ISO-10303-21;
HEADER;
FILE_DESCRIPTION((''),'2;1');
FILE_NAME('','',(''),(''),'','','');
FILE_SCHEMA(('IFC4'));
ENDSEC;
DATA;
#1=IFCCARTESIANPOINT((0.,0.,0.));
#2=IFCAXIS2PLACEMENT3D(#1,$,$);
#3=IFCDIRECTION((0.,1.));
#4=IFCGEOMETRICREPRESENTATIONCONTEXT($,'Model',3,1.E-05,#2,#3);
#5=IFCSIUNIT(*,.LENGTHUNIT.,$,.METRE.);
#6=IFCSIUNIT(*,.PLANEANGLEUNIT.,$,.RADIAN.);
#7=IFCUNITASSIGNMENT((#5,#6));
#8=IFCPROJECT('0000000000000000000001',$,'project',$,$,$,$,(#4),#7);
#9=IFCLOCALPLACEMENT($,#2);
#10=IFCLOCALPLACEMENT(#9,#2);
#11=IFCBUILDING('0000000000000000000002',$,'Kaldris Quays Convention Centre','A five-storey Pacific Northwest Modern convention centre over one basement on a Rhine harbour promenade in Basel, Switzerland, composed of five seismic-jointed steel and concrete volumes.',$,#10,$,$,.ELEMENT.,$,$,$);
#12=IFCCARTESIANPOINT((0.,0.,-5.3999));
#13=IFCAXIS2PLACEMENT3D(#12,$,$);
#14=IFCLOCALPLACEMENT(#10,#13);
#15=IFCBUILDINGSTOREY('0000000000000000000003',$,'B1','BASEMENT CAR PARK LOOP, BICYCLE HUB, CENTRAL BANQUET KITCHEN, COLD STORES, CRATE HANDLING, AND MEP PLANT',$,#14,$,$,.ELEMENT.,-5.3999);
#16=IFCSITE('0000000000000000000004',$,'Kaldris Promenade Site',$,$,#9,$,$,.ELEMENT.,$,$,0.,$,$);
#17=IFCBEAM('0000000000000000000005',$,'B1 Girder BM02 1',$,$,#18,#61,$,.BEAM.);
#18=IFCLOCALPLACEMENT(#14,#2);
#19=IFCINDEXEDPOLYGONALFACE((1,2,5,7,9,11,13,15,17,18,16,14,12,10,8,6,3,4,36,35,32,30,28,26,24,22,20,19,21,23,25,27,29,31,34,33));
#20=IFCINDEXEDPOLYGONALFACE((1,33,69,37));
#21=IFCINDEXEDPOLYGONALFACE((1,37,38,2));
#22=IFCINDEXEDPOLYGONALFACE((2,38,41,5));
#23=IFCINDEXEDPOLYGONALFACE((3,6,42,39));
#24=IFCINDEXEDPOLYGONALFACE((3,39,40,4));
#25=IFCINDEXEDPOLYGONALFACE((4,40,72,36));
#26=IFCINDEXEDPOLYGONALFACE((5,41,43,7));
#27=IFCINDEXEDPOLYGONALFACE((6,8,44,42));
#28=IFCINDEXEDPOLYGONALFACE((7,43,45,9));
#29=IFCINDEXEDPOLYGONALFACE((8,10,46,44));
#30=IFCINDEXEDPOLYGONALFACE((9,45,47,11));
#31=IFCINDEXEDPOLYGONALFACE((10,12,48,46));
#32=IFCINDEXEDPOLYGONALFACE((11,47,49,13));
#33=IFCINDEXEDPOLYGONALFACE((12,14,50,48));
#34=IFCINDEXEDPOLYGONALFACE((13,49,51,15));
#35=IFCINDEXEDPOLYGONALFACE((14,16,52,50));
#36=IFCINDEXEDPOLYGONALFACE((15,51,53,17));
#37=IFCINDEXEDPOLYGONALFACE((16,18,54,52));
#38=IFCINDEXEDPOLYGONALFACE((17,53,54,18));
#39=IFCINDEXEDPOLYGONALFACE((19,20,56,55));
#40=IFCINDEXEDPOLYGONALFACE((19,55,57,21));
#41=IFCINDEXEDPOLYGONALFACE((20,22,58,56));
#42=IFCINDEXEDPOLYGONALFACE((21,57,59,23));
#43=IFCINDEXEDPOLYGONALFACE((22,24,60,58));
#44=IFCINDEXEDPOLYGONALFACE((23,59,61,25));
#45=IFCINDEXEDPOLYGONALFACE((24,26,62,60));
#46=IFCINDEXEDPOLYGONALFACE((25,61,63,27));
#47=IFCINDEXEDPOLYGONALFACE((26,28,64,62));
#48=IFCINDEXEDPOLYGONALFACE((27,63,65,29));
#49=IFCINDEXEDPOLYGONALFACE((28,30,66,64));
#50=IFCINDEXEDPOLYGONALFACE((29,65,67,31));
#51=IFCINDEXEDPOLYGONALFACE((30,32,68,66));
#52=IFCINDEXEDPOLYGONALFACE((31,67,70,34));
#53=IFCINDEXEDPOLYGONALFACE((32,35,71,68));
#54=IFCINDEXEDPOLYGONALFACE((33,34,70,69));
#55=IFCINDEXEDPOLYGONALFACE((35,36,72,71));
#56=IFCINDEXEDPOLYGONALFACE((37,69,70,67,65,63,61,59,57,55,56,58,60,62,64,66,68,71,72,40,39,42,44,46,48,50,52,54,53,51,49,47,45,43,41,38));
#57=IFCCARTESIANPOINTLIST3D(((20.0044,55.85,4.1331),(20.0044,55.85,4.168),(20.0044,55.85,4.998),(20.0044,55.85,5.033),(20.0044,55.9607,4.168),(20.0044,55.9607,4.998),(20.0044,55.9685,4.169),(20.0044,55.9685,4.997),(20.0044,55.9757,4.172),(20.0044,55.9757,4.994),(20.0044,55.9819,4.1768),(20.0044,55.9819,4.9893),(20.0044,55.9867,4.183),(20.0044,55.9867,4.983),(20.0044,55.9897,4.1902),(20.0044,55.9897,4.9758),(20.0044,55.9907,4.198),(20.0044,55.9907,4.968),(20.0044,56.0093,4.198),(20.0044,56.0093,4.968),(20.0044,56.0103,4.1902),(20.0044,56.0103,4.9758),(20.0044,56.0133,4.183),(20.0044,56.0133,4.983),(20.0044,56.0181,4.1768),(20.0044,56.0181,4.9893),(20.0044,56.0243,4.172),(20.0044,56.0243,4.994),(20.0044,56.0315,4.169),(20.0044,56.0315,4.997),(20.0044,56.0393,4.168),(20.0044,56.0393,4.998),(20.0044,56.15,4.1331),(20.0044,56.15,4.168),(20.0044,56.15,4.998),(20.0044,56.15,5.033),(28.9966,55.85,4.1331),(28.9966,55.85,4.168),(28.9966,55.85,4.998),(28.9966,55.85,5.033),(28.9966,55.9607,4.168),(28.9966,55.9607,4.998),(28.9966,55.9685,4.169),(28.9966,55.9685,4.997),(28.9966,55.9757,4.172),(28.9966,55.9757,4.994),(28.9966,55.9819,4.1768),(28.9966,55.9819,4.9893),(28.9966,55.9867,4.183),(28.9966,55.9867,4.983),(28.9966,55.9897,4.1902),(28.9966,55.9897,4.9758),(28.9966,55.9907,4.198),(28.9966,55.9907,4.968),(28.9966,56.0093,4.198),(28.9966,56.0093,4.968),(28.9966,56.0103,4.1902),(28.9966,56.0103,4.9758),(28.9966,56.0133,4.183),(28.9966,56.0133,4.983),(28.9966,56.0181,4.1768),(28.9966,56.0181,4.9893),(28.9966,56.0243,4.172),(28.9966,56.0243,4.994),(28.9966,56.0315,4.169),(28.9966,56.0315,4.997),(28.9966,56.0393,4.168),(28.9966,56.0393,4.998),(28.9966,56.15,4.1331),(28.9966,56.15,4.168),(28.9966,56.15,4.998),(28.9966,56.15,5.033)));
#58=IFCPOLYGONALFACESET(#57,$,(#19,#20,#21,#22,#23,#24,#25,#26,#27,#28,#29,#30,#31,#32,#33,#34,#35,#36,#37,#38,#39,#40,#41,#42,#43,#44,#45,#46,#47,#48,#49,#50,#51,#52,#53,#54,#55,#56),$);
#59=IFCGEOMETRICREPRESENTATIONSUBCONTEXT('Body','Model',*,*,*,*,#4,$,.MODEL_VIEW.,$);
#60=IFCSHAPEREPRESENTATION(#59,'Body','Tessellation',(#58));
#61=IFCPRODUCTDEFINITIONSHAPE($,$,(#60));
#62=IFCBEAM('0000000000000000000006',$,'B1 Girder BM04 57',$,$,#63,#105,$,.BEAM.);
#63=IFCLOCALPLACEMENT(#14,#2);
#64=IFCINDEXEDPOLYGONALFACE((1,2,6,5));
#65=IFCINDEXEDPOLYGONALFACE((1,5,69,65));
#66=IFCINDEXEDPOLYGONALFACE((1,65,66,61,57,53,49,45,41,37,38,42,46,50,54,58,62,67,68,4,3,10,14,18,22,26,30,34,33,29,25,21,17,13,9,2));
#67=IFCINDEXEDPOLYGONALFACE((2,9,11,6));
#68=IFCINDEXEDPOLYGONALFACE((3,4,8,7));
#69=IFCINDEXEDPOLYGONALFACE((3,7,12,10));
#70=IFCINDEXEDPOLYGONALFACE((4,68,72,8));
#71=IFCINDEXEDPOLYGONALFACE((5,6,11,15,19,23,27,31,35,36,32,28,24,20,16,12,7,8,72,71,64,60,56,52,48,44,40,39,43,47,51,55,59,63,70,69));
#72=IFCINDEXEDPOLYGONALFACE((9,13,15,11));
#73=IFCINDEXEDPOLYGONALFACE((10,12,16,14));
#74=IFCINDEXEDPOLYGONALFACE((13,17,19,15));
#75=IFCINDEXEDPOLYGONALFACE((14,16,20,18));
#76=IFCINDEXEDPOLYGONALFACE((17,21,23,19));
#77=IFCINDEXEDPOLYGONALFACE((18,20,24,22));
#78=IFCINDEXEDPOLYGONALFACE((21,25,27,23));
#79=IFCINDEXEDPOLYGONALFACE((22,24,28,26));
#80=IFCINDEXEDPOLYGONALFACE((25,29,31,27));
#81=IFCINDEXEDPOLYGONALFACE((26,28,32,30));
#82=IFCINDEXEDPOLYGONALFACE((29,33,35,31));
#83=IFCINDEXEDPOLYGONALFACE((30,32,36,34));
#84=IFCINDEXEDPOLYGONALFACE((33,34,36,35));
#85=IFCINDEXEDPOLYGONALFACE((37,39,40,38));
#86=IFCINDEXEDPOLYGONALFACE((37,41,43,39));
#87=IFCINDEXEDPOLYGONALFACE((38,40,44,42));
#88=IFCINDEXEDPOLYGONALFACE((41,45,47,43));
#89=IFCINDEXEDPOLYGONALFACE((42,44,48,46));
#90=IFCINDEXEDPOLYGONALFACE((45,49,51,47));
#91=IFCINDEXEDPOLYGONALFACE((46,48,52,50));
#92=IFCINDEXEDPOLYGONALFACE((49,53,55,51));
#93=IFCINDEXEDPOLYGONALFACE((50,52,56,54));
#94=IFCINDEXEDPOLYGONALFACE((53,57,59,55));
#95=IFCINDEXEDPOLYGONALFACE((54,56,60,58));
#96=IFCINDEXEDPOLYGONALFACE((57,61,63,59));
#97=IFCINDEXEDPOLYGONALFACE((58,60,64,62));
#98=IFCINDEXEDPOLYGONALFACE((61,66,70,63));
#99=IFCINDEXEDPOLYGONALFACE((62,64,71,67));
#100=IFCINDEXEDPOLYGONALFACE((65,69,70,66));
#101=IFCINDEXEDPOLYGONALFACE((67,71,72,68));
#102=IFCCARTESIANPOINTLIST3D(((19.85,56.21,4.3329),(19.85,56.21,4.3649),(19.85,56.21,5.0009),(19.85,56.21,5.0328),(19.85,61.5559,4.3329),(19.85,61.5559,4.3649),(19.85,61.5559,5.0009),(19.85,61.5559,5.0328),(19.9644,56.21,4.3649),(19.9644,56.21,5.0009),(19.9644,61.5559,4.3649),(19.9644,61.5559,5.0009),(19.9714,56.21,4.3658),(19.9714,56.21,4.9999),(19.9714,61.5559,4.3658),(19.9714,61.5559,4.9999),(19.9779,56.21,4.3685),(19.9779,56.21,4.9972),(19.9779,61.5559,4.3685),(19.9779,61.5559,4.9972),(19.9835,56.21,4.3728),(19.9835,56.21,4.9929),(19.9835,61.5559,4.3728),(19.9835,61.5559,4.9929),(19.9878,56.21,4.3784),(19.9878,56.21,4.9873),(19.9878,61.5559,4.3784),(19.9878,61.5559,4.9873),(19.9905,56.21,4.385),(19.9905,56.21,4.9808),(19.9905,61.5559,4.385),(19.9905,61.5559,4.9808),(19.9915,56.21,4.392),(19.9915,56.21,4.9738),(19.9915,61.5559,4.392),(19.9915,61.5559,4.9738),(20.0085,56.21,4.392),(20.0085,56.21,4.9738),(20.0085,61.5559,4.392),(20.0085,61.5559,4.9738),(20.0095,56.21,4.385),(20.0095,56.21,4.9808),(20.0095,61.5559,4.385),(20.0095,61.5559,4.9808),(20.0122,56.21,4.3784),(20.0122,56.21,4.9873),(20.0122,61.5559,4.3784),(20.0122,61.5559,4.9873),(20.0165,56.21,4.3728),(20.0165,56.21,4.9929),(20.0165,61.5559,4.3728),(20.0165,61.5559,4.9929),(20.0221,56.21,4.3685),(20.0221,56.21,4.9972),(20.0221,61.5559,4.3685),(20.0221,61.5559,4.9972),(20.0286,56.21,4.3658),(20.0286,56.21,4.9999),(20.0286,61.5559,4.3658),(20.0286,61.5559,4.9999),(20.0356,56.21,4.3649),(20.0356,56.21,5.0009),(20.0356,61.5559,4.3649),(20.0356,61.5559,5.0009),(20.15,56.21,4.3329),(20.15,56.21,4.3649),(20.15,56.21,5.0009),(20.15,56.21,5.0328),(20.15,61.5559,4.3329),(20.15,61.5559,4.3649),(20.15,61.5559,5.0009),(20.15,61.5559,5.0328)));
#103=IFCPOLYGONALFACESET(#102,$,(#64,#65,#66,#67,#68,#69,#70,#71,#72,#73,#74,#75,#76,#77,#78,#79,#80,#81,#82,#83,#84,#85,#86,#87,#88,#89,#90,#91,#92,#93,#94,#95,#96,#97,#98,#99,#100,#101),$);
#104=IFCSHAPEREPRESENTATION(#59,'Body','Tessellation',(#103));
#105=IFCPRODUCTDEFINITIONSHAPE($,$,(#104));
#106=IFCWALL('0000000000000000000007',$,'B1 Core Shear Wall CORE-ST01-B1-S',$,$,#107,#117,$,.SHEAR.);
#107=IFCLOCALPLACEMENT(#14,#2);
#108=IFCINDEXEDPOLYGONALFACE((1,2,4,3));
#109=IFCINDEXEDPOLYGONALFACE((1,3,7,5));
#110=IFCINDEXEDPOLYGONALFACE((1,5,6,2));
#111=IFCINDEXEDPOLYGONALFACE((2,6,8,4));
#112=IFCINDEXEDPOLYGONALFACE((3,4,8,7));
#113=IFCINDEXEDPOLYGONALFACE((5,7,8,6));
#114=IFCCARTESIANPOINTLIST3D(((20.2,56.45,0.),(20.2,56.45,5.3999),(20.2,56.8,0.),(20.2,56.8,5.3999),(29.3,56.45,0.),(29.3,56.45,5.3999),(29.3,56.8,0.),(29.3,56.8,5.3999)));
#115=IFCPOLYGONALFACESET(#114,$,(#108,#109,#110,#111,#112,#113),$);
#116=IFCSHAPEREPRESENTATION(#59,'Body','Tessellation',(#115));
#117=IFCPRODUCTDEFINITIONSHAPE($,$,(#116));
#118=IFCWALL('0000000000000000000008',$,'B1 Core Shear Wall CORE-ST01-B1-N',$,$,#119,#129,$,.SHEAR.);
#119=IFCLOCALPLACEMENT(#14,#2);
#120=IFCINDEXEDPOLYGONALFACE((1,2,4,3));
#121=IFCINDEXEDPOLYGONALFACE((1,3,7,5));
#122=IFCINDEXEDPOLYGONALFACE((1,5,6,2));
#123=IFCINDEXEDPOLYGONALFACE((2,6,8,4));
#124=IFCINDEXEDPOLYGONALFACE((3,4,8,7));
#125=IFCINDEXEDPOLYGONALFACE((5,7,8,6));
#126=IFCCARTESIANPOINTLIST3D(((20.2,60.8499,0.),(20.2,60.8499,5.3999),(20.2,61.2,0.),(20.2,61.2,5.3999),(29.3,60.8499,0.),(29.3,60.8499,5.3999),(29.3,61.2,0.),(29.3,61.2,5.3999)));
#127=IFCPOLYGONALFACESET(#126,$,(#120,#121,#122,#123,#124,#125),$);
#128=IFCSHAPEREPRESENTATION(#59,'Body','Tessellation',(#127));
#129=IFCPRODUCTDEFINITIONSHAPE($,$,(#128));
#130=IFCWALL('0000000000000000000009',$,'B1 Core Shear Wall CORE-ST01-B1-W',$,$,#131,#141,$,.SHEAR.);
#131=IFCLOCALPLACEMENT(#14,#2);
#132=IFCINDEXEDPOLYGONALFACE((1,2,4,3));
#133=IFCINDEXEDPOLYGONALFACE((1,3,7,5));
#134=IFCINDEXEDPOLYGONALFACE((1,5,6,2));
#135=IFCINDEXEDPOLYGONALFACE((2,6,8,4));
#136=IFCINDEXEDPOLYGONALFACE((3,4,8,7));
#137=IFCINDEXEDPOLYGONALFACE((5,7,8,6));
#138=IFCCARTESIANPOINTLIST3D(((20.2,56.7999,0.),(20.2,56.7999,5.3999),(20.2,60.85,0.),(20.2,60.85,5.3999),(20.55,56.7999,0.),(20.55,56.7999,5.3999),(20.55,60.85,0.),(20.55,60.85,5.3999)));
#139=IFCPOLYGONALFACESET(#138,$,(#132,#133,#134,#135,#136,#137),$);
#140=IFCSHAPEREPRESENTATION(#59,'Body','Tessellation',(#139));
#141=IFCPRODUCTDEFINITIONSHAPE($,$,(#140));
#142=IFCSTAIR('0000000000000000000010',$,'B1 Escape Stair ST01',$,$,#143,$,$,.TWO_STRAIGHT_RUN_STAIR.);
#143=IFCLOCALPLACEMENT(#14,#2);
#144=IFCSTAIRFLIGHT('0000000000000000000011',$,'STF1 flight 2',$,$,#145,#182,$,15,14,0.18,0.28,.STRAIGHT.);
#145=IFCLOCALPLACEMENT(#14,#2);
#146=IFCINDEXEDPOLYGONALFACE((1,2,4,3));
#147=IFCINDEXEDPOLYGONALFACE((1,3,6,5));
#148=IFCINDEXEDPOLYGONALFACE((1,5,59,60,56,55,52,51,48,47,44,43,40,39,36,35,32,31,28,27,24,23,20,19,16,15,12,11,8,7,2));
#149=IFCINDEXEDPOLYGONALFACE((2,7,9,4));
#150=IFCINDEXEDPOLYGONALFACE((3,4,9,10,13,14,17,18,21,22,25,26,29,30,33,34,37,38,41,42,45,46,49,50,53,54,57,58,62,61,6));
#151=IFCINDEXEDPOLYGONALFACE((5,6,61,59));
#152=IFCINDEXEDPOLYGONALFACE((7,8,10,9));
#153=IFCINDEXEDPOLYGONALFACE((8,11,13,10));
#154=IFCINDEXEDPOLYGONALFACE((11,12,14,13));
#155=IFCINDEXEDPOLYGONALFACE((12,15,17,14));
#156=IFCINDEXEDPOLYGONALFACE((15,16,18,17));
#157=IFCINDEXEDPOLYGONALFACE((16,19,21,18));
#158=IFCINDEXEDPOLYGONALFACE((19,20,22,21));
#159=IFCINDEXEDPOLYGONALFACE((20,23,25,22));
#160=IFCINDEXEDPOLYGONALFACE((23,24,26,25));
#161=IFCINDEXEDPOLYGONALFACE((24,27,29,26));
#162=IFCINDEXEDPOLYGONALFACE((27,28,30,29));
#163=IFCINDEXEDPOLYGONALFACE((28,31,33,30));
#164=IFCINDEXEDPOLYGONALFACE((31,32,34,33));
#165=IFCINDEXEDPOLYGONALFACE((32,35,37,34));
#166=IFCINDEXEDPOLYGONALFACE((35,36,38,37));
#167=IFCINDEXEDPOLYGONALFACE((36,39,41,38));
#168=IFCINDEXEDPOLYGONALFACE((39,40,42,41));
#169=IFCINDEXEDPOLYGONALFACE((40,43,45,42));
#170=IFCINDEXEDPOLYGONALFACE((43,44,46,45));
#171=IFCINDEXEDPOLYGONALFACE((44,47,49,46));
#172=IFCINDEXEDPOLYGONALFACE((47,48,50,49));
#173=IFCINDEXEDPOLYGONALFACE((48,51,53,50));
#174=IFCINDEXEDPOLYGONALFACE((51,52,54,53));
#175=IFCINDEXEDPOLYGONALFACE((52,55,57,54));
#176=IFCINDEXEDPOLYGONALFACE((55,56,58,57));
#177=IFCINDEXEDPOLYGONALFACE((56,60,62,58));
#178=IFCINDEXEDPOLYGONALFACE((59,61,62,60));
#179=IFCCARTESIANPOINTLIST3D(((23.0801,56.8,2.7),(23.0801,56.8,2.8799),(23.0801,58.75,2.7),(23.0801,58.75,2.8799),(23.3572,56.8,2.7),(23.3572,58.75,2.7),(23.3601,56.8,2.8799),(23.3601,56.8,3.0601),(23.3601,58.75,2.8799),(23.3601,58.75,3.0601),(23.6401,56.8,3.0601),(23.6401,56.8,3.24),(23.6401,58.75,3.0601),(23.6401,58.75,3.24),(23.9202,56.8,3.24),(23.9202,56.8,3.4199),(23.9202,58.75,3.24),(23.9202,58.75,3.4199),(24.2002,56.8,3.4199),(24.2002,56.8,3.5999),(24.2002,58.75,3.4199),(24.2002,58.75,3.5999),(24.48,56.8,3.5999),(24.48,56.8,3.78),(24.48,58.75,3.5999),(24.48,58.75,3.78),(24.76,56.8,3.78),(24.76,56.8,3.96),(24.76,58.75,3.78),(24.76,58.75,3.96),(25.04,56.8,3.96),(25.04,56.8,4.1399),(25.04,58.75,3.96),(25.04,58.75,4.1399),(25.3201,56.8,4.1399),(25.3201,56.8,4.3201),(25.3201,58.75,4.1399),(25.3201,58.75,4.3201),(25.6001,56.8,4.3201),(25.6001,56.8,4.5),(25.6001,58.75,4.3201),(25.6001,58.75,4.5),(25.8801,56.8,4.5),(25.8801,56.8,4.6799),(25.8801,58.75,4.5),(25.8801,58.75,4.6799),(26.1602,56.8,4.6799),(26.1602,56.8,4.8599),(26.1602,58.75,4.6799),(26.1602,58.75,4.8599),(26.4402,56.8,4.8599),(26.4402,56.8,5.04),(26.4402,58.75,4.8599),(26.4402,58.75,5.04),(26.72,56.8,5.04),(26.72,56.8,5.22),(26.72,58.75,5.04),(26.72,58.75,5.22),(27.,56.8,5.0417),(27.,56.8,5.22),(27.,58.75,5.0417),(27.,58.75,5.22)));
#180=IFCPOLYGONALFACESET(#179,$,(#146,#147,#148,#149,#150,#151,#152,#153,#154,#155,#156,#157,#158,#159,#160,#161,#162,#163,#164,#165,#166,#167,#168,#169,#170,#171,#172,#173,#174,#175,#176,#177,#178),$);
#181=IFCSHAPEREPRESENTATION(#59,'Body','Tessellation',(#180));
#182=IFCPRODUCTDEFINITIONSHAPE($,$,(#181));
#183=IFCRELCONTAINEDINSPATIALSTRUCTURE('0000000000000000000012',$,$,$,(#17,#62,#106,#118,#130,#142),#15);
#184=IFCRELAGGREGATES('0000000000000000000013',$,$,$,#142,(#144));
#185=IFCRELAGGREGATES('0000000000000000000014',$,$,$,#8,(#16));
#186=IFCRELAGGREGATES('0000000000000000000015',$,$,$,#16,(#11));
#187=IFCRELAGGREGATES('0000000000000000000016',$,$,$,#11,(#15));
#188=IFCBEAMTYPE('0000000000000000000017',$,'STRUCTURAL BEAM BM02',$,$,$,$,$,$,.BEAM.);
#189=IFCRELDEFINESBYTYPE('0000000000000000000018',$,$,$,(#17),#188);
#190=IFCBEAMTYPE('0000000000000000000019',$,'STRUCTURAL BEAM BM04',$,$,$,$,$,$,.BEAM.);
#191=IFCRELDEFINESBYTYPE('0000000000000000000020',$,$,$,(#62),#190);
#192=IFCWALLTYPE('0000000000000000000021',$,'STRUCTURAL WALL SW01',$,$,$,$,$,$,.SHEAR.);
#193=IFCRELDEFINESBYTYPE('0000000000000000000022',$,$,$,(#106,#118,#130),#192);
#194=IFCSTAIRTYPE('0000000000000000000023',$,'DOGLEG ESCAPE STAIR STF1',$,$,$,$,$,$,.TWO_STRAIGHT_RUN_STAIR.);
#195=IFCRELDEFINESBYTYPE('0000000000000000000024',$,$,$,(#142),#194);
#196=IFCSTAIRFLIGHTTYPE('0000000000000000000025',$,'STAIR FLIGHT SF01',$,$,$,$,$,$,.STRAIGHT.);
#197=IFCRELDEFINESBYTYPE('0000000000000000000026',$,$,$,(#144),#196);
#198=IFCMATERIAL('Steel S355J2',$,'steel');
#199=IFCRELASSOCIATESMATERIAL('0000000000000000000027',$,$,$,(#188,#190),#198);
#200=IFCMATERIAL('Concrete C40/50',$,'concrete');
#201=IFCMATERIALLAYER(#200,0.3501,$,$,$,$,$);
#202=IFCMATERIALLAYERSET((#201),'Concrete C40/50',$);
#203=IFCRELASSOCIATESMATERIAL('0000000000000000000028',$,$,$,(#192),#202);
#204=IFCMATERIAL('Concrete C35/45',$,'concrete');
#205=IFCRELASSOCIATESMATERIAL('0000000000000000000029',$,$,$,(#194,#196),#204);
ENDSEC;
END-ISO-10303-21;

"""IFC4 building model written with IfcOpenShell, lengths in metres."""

from ifc_helpers import new_model, si_unit, direction, frame, frame_2d, origin, origin_2d, place, context, subcontext, project, spatial, polyline, rectangle, i_section, outline, extrude, material, layer, layer_set, material_profile, profile_set, type_object, element, aggregate, save


model = new_model("IFC4")

# Units and contexts
model_context = context("Model", 3, precision=1e-05, world=origin(), true_north=direction((0.0, 1.0)))
body_context = subcontext(model_context, "Body", "Model", "MODEL_VIEW")
ifc_project = project(units=[si_unit("LENGTHUNIT", "METRE"), si_unit("PLANEANGLEUNIT", "RADIAN")], contexts=[model_context])

# Site, building, storey
site_placement = place(None, origin())
site = spatial("IfcSite", under=ifc_project, at=site_placement, Name="Kaldris Promenade Site", CompositionType="ELEMENT", RefElevation=0.0)
building_placement = place(site_placement, origin())
building = spatial("IfcBuilding", under=site, at=building_placement, Name="Kaldris Quays Convention Centre", Description="A five-storey Pacific Northwest Modern convention centre over one basement on a Rhine harbour promenade in Basel, Switzerland, composed of five seismic-jointed steel and concrete volumes.", CompositionType="ELEMENT")
storey_placement = place(building_placement, frame((0.0, 0.0, -5.3999)))
storey = spatial("IfcBuildingStorey", under=building, at=storey_placement, Name="B1", Description="BASEMENT CAR PARK LOOP, BICYCLE HUB, CENTRAL BANQUET KITCHEN, COLD STORES, CRATE HANDLING, AND MEP PLANT", CompositionType="ELEMENT", Elevation=-5.3999)

# Shared definitions
ifc_material_1 = material(Name="Concrete C35/45", Category="concrete")

# Beams
ifc_material_2 = material(Name="Steel S355J2", Category="steel")
ifc_material_profile_1 = material_profile(ifc_material_2, i_section(OverallWidth=0.3, OverallDepth=0.8999, WebThickness=0.0186, FlangeThickness=0.0349, FilletRadius=0.03, at=origin_2d()), Name="HEB 900")
ifc_profile_set_1 = profile_set([ifc_material_profile_1], Name="Steel S355J2")
beam_type_1 = type_object("IfcBeamType", Name="STRUCTURAL BEAM BM02", PredefinedType="BEAM", material=ifc_profile_set_1)
beam_1_placement = place(storey_placement, frame((20.0044, 56.0, 4.583), z_axis=(1.0, 0.0, 0.0), x_axis=(0.0, 1.0, 0.0)))
element("IfcBeam", 1, at=beam_1_placement, inside=storey, type_object=beam_type_1, Name="B1 Girder BM02 1", PredefinedType="BEAM", context=body_context, shape_type="SweptSolid", body=[
    extrude(i_section(OverallWidth=0.3, OverallDepth=0.8999, WebThickness=0.0186, FlangeThickness=0.0349, FilletRadius=0.03, at=origin_2d()), origin(), (0.0, 0.0, 1.0), 8.9922),
])
ifc_material_profile_2 = material_profile(ifc_material_2, i_section(OverallWidth=0.3, OverallDepth=0.7, WebThickness=0.0171, FlangeThickness=0.032, FilletRadius=0.0271, at=origin_2d()), Name="HEB 700")
ifc_profile_set_2 = profile_set([ifc_material_profile_2], Name="Steel S355J2")
beam_type_2 = type_object("IfcBeamType", Name="STRUCTURAL BEAM BM04", PredefinedType="BEAM", material=ifc_profile_set_2)
beam_2_placement = place(storey_placement, frame((20.0, 56.21, 4.6829), z_axis=(0.0, 1.0, 0.0), x_axis=(-1.0, 0.0, 0.0)))
element("IfcBeam", 2, at=beam_2_placement, inside=storey, type_object=beam_type_2, Name="B1 Girder BM04 57", PredefinedType="BEAM", context=body_context, shape_type="SweptSolid", body=[
    extrude(i_section(OverallWidth=0.3, OverallDepth=0.7, WebThickness=0.0171, FlangeThickness=0.032, FilletRadius=0.0271, at=origin_2d()), origin(), (0.0, 0.0, 1.0), 5.3459),
])

# Walls
ifc_material_3 = material(Name="Concrete C40/50", Category="concrete")
ifc_layer = layer(ifc_material_3, 0.3501)
ifc_layer_set = layer_set([ifc_layer], Name="Concrete C40/50")
wall_type = type_object("IfcWallType", Name="STRUCTURAL WALL SW01", PredefinedType="SHEAR", material=ifc_layer_set)
for number, where, z_axis, x_axis, name in (
    (3, (20.2, 56.625, 0.0), (0.0, 0.0, 1.0), (1.0, 0.0, 0.0), "B1 Core Shear Wall CORE-ST01-B1-S"),
    (4, (20.2, 61.0249, 0.0), (0.0, 0.0, 1.0), (1.0, 0.0, 0.0), "B1 Core Shear Wall CORE-ST01-B1-N"),
):
    element("IfcWall", number, at=place(storey_placement, frame(where, z_axis=z_axis, x_axis=x_axis)), inside=storey, type_object=wall_type, Name=name, PredefinedType="SHEAR", context=body_context, shape_type="SweptSolid", body=[
        extrude(rectangle(XDim=9.1001, YDim=0.3501, at=frame_2d((4.55, 0.0))), origin(), (0.0, 0.0, 1.0), 5.3999),
    ])
wall_placement = place(storey_placement, frame((20.375, 56.8, 0.0), z_axis=(0.0, 0.0, 1.0), x_axis=(0.0, 1.0, 0.0)))
element("IfcWall", 5, at=wall_placement, inside=storey, type_object=wall_type, Name="B1 Core Shear Wall CORE-ST01-B1-W", PredefinedType="SHEAR", context=body_context, shape_type="SweptSolid", body=[
    extrude(rectangle(XDim=4.05, YDim=0.3501, at=frame_2d((2.0249, 0.0))), origin(), (0.0, 0.0, 1.0), 5.3999),
])

# Stair, stair flight
stair_type = type_object("IfcStairType", Name="DOGLEG ESCAPE STAIR STF1", PredefinedType="TWO_STRAIGHT_RUN_STAIR", material=ifc_material_1)
stair_placement = place(storey_placement, origin())
stair = element("IfcStair", 6, at=stair_placement, inside=storey, type_object=stair_type, Name="B1 Escape Stair ST01", PredefinedType="TWO_STRAIGHT_RUN_STAIR")
stair_flight_type = type_object("IfcStairFlightType", Name="STAIR FLIGHT SF01", PredefinedType="STRAIGHT", material=ifc_material_1)
stair_flight_placement = place(storey_placement, frame((23.0801, 57.7749, 2.7), z_axis=(0.0, 0.0, 1.0), x_axis=(1.0, 0.0, 0.0)))
stair_flight = element("IfcStairFlight", 7, at=stair_flight_placement, type_object=stair_flight_type, Name="STF1 flight 2", NumberOfRisers=15, NumberOfTreads=14, PredefinedType="STRAIGHT", RiserHeight=0.18, TreadLength=0.28, context=body_context, shape_type="SweptSolid", body=[
    extrude(outline(polyline([(0.0, 0.0), (0.0, 0.1799), (0.28, 0.1799), (0.28, 0.3601), (0.5601, 0.3601), (0.5601, 0.54), (0.8401, 0.54), (0.8401, 0.72), (1.1201, 0.72), (1.1201, 0.8999), (1.3999, 0.8999), (1.3999, 1.0801), (1.6799, 1.0801), (1.6799, 1.26), (1.96, 1.26), (1.96, 1.4399), (2.24, 1.4399), (2.24, 1.6201), (2.52, 1.6201), (2.52, 1.8), (2.8, 1.8), (2.8, 1.98), (3.0801, 1.98), (3.0801, 2.1599), (3.3601, 2.1599), (3.3601, 2.3401), (3.6399, 2.3401), (3.6399, 2.52), (3.9199, 2.52), (3.9199, 2.7), (3.9199, 2.3418), (0.2771, 0.0), (0.0, 0.0)])), frame((0.0, 0.9751, 0.0), z_axis=(0.0, -1.0, 0.0), x_axis=(1.0, 0.0, 0.0)), (0.0, 0.0, 1.0), 1.95),
])
aggregate(stair, [stair_flight])

save(model, "model.ifc")
